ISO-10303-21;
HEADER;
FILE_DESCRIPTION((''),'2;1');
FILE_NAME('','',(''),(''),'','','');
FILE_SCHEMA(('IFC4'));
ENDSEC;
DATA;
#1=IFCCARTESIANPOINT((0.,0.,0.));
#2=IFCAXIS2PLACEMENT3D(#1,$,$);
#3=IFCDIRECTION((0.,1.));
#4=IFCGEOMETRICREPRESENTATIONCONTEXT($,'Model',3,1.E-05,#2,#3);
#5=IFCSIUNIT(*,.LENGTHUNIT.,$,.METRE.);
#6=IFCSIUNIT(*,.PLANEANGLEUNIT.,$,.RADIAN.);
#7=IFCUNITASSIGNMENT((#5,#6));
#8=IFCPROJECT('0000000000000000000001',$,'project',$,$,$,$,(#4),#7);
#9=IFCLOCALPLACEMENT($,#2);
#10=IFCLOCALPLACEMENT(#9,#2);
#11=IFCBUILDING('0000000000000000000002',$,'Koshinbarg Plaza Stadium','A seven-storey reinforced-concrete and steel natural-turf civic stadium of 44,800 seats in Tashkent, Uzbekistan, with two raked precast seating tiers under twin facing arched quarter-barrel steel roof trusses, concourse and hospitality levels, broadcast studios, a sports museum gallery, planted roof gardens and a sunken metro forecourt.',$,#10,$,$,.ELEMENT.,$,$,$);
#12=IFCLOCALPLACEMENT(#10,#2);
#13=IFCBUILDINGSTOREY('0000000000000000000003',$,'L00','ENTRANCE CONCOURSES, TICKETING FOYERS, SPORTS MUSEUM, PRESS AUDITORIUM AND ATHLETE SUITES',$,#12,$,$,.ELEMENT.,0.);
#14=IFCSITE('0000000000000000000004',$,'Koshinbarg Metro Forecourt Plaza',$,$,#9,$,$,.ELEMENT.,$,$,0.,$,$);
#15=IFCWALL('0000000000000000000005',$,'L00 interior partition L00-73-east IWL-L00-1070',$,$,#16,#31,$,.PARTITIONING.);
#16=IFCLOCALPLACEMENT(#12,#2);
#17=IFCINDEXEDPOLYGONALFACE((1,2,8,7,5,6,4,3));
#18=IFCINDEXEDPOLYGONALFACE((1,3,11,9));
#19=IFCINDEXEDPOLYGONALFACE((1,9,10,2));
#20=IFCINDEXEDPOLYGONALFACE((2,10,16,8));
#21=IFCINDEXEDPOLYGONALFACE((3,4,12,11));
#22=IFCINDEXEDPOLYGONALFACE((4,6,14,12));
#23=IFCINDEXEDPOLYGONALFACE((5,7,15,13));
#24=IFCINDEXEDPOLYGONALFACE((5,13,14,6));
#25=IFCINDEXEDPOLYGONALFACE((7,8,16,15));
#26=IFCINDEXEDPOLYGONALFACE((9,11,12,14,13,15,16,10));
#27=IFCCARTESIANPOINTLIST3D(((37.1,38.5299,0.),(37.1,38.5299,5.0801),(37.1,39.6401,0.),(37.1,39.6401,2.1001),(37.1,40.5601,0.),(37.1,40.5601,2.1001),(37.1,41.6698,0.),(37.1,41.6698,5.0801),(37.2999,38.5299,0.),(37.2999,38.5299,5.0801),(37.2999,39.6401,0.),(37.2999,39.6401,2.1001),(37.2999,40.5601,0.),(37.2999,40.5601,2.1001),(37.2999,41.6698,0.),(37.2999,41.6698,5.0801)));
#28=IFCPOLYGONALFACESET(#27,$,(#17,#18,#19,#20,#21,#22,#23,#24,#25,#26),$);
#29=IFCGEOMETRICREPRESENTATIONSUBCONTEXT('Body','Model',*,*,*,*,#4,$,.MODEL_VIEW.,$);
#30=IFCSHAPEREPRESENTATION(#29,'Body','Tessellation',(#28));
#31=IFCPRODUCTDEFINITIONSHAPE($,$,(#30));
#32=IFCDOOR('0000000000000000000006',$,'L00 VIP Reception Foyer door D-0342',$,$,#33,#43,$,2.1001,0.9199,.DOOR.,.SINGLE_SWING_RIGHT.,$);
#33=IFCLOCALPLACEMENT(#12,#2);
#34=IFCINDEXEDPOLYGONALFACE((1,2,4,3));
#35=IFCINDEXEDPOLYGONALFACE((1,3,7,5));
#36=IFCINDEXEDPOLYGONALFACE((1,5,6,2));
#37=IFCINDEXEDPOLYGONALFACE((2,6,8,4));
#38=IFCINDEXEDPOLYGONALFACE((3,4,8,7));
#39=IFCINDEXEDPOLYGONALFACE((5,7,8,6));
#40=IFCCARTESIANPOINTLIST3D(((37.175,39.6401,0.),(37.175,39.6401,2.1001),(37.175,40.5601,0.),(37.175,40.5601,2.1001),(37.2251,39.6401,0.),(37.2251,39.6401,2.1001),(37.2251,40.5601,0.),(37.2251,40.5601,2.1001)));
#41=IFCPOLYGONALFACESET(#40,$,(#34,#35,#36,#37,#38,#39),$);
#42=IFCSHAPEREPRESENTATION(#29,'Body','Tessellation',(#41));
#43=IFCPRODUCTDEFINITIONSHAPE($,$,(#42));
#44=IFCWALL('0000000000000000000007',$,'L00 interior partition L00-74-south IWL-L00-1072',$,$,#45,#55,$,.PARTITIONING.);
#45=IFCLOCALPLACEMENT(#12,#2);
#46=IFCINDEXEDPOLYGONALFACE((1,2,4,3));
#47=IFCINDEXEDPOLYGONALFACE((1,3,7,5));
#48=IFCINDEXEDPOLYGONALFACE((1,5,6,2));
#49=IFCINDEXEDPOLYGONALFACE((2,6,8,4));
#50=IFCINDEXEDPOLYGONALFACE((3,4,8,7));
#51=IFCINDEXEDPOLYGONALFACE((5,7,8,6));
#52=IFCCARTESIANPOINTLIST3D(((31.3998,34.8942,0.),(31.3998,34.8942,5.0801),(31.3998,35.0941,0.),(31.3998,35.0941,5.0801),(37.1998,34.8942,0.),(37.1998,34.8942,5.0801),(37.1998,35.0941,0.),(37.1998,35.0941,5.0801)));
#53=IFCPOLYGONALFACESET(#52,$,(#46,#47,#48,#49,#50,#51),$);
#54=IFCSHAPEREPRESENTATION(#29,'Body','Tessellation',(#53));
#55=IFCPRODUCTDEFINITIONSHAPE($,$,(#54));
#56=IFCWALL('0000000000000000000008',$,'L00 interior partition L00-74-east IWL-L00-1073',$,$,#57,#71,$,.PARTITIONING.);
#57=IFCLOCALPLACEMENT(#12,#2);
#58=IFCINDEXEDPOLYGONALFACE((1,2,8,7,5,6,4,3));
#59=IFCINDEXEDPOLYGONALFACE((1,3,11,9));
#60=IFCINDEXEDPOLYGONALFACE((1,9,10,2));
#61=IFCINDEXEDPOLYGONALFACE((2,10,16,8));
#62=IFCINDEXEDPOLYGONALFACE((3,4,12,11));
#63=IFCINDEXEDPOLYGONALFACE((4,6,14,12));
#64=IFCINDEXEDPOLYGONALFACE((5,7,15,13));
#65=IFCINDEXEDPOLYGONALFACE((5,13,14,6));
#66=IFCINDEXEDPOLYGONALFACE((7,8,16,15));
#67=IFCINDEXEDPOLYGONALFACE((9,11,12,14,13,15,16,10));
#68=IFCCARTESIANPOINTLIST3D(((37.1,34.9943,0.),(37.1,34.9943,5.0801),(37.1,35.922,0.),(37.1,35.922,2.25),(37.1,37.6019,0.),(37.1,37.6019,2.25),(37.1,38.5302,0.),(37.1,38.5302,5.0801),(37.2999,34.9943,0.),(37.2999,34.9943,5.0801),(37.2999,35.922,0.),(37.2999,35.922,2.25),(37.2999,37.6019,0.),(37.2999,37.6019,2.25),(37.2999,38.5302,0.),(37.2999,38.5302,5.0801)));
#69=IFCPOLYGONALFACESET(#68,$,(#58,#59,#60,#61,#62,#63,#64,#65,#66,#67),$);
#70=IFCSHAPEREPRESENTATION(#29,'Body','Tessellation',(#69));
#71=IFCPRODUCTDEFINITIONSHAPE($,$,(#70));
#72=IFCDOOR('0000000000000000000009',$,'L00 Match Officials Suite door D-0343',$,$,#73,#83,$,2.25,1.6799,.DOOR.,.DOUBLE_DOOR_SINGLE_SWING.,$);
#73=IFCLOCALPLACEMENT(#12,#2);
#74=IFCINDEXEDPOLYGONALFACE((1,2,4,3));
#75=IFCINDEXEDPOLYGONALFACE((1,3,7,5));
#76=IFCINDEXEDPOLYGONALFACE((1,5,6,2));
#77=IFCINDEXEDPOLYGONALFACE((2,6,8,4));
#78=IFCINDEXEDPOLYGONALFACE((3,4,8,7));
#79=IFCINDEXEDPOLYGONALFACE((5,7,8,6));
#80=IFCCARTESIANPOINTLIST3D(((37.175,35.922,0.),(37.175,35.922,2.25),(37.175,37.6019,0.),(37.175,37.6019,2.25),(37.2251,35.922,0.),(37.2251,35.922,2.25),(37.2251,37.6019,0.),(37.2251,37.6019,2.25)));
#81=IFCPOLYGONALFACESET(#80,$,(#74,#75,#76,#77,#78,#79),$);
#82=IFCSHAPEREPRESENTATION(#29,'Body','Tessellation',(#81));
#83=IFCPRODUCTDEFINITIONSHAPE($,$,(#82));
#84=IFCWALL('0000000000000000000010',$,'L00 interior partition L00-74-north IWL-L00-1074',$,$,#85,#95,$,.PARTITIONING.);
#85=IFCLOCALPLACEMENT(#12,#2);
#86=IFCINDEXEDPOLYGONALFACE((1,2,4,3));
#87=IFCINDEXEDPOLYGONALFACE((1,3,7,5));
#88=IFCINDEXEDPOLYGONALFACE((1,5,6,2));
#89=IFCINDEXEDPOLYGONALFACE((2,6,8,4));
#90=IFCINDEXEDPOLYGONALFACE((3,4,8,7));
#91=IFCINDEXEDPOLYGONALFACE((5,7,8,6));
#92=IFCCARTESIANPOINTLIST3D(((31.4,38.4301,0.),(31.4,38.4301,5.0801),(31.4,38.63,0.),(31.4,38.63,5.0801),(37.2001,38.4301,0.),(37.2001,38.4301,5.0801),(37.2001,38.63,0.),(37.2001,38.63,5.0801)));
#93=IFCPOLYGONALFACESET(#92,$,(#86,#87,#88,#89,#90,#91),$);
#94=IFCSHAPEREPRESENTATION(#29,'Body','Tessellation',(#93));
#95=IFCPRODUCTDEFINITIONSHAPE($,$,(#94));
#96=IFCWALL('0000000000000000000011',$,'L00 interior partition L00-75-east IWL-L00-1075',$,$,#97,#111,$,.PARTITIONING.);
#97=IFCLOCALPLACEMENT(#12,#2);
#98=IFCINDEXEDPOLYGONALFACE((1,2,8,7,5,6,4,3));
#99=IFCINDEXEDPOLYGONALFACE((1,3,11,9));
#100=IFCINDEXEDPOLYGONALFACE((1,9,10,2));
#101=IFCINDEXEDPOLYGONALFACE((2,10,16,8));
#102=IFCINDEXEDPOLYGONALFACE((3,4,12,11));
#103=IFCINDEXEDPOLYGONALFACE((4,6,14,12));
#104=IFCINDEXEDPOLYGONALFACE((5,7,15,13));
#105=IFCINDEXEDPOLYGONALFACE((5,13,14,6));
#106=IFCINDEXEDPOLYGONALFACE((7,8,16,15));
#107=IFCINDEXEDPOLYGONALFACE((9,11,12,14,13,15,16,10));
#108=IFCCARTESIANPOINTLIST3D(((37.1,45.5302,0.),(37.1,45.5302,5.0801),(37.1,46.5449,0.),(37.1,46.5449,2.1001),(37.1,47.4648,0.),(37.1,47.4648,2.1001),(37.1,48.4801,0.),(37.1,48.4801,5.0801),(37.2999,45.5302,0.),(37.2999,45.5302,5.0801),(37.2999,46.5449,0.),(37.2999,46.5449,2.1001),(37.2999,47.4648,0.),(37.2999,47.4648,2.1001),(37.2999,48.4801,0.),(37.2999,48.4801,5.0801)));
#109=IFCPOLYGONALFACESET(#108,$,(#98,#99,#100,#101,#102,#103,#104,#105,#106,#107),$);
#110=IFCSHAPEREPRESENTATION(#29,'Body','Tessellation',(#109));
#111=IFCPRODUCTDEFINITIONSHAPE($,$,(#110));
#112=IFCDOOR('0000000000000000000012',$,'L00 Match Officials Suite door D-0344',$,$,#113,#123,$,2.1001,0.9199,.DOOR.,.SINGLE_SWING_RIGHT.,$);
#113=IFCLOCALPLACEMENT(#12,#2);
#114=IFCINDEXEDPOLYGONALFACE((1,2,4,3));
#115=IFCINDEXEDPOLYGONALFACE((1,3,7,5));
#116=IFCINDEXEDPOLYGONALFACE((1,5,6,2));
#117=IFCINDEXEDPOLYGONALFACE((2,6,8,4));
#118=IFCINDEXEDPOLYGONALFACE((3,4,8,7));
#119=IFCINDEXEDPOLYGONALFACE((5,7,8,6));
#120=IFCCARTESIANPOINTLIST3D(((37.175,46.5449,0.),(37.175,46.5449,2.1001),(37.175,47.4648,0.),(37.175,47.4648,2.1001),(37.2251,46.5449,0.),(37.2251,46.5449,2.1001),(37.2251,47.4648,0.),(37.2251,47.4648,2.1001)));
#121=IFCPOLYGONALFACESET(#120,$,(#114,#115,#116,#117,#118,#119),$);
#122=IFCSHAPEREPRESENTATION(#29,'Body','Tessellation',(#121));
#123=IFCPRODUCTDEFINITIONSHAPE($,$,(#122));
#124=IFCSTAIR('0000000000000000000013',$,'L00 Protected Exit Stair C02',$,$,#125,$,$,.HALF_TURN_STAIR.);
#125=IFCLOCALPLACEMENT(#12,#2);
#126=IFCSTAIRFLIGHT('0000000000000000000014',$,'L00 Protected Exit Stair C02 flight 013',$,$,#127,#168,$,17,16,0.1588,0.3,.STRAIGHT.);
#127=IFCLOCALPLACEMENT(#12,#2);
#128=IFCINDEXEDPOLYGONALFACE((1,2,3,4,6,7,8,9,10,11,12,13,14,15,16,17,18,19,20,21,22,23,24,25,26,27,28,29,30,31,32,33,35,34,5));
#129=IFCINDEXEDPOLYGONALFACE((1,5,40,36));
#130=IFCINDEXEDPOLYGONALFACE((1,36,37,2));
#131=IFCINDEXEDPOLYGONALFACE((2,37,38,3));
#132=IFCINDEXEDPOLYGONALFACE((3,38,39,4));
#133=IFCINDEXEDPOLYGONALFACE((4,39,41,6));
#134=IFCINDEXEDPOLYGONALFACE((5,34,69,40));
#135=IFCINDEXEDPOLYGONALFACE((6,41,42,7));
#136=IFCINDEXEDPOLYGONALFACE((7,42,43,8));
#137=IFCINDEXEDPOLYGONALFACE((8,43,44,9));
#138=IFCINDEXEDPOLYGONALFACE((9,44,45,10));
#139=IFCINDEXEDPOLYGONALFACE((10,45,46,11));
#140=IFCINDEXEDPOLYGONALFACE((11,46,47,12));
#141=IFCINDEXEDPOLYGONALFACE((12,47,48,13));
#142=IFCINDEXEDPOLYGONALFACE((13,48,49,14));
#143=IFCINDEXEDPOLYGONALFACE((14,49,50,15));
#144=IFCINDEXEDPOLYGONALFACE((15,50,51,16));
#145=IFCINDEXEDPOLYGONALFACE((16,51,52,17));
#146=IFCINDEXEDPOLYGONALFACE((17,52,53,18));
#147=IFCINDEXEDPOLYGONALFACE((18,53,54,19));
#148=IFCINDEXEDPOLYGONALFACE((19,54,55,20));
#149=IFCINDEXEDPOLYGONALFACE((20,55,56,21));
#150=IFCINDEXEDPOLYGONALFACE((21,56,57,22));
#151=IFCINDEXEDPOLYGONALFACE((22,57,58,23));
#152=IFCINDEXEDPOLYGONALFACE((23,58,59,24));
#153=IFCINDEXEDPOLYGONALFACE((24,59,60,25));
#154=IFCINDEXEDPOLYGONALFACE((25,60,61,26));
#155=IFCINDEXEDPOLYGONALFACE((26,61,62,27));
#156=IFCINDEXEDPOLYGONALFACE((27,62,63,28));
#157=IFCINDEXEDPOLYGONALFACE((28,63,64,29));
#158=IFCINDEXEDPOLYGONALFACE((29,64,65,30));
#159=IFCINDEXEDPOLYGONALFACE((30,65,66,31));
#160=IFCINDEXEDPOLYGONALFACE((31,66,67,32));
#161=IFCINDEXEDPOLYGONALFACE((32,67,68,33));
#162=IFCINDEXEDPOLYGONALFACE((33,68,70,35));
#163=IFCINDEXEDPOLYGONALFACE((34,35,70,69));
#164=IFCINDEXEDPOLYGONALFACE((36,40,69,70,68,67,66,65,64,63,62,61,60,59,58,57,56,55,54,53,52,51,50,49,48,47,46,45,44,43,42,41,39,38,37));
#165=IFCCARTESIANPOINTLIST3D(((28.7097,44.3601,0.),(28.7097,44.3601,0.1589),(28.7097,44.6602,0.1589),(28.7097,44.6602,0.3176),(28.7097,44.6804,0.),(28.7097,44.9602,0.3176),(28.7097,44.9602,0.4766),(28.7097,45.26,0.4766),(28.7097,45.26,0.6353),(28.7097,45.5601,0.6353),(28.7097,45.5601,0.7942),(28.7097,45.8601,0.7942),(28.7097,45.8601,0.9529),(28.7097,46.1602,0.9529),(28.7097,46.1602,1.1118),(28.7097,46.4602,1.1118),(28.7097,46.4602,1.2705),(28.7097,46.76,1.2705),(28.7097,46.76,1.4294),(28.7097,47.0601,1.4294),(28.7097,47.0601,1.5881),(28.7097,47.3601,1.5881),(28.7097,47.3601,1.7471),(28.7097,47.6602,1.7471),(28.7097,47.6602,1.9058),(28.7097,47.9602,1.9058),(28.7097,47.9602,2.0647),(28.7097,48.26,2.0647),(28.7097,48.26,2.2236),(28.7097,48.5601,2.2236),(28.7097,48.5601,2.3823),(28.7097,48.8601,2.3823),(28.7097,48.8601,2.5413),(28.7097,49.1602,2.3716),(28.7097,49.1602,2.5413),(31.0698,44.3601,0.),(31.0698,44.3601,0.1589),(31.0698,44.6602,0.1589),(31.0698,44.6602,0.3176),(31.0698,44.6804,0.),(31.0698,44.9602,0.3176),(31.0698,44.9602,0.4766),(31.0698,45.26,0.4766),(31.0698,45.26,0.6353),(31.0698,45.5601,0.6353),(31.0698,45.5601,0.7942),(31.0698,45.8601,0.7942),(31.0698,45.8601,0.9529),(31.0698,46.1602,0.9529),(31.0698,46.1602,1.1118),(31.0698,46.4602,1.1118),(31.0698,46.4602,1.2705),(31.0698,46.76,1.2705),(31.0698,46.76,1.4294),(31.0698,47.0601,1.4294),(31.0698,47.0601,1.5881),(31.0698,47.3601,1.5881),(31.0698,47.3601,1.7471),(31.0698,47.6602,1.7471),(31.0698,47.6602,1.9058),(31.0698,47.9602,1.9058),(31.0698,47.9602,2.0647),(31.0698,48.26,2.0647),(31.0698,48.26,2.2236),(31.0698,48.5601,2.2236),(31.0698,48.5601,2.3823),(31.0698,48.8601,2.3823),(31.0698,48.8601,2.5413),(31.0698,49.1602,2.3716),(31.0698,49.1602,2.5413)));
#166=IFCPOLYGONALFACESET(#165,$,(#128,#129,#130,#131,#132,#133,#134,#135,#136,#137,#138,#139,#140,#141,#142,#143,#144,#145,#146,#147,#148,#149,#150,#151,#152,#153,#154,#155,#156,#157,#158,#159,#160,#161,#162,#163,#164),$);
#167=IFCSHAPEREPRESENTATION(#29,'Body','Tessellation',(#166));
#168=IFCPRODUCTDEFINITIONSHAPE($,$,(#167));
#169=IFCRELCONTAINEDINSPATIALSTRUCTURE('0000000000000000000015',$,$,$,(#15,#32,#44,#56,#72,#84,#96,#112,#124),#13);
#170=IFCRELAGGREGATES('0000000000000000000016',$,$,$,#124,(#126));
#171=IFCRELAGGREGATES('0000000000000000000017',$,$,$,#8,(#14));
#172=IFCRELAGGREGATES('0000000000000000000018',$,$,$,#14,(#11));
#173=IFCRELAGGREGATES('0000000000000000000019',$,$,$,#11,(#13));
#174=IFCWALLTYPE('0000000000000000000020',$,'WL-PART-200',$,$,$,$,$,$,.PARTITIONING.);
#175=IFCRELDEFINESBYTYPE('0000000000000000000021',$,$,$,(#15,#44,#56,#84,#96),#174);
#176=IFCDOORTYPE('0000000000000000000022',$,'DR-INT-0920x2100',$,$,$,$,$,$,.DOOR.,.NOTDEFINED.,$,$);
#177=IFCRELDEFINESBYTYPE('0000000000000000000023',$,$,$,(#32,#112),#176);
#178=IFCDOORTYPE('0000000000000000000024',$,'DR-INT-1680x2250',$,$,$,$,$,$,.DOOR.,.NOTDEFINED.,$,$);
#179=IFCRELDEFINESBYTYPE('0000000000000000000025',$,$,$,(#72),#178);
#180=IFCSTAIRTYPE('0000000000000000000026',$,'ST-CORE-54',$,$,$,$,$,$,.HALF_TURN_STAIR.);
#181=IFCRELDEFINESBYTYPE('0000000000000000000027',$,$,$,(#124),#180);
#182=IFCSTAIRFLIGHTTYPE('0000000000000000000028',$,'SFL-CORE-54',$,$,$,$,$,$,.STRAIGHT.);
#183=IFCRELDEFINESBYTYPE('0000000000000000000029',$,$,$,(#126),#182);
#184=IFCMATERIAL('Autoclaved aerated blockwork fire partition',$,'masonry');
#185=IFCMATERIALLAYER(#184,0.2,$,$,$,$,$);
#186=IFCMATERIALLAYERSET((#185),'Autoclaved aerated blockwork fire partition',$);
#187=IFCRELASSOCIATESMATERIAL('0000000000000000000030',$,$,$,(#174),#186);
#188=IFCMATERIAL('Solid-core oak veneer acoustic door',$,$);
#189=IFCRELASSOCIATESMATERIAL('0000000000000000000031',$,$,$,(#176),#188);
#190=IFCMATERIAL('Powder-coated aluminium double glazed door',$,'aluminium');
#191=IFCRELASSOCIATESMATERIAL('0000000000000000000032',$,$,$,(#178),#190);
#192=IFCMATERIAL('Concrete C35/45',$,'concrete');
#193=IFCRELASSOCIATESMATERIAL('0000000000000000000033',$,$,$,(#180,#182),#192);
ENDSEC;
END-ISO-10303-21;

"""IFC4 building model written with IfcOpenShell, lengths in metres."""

from ifc_helpers import new_model, si_unit, direction, frame, frame_2d, origin, place, context, subcontext, project, spatial, polyline, rectangle, outline, extrude, material, layer, layer_set, type_object, element, fill, aggregate, save


model = new_model("IFC4")

# Units and contexts
model_context = context("Model", 3, precision=1e-05, world=origin(), true_north=direction((0.0, 1.0)))
body_context = subcontext(model_context, "Body", "Model", "MODEL_VIEW")
ifc_project = project(units=[si_unit("LENGTHUNIT", "METRE"), si_unit("PLANEANGLEUNIT", "RADIAN")], contexts=[model_context])

# Site, building, storey
site_placement = place(None, origin())
site = spatial("IfcSite", under=ifc_project, at=site_placement, Name="Koshinbarg Metro Forecourt Plaza", CompositionType="ELEMENT", RefElevation=0.0)
building_placement = place(site_placement, origin())
building = spatial("IfcBuilding", under=site, at=building_placement, Name="Koshinbarg Plaza Stadium", Description="A seven-storey reinforced-concrete and steel natural-turf civic stadium of 44,800 seats in Tashkent, Uzbekistan, with two raked precast seating tiers under twin facing arched quarter-barrel steel roof trusses, concourse and hospitality levels, broadcast studios, a sports museum gallery, planted roof gardens and a sunken metro forecourt.", CompositionType="ELEMENT")
storey_placement = place(building_placement, origin())
storey = spatial("IfcBuildingStorey", under=building, at=storey_placement, Name="L00", Description="ENTRANCE CONCOURSES, TICKETING FOYERS, SPORTS MUSEUM, PRESS AUDITORIUM AND ATHLETE SUITES", CompositionType="ELEMENT", Elevation=0.0)

# Shared definitions
ifc_material_1 = material(Name="Concrete C35/45", Category="concrete")

# Shared definitions
ifc_material_2 = material(Name="Autoclaved aerated blockwork fire partition", Category="masonry")
ifc_layer_1 = layer(ifc_material_2, 0.2)
ifc_layer_set_1 = layer_set([ifc_layer_1], Name="Autoclaved aerated blockwork fire partition")
wall_type_1 = type_object("IfcWallType", Name="WL-PART-200", PredefinedType="PARTITIONING", material=ifc_layer_set_1)

# Wall, opening, door
wall_1_placement = place(storey_placement, frame((37.2, 38.53, 0.0), z_axis=(0.0, 0.0, 1.0), x_axis=(0.0, 1.0, 0.0)))
wall_1 = element("IfcWall", 1, at=wall_1_placement, inside=storey, type_object=wall_type_1, Name="L00 interior partition L00-73-east IWL-L00-1070", PredefinedType="PARTITIONING", context=body_context, shape_type="SweptSolid", body=[
    extrude(rectangle(XDim=3.1399, YDim=0.2, at=frame_2d((1.5698, 0.0))), origin(), (0.0, 0.0, 1.0), 5.0801),
])
opening_1_placement = place(wall_1_placement, frame((1.1101, 0.0, 0.0)))
opening_1 = element("IfcOpeningElement", 2, at=opening_1_placement, cuts=wall_1, PredefinedType="OPENING", context=body_context, shape_type="SweptSolid", body=[
    extrude(rectangle(XDim=0.9199, YDim=2.1001, at=frame_2d((0.46, 1.05))), frame((0.0, 0.1099, 0.0), z_axis=(0.0, -1.0, 0.0), x_axis=(1.0, 0.0, 0.0)), (0.0, 0.0, 1.0), 0.22),
])
ifc_material_3 = material(Name="Solid-core oak veneer acoustic door")
door_type_1 = type_object("IfcDoorType", Name="DR-INT-0920x2100", OperationType="NOTDEFINED", PredefinedType="DOOR", material=ifc_material_3)
door_1_placement = place(opening_1_placement, origin())
door_1 = element("IfcDoor", 3, at=door_1_placement, inside=storey, type_object=door_type_1, Name="L00 VIP Reception Foyer door D-0342", OperationType="SINGLE_SWING_RIGHT", OverallHeight=2.1001, OverallWidth=0.9199, PredefinedType="DOOR", context=body_context, shape_type="SweptSolid", body=[
    extrude(rectangle(XDim=0.9199, YDim=2.1001, at=frame_2d((0.46, 1.05))), frame((0.0, 0.0249, 0.0), z_axis=(0.0, -1.0, 0.0), x_axis=(1.0, 0.0, 0.0)), (0.0, 0.0, 1.0), 0.05),
])
fill(opening_1, door_1)

# Wall
wall_2_placement = place(storey_placement, frame((31.3999, 34.9941, 0.0), z_axis=(0.0, 0.0, 1.0), x_axis=(1.0, 0.0, 0.0)))
element("IfcWall", 4, at=wall_2_placement, inside=storey, type_object=wall_type_1, Name="L00 interior partition L00-74-south IWL-L00-1072", PredefinedType="PARTITIONING", context=body_context, shape_type="SweptSolid", body=[
    extrude(rectangle(XDim=5.8, YDim=0.2, at=frame_2d((2.8999, 0.0))), origin(), (0.0, 0.0, 1.0), 5.0801),
])

# Wall, opening, door
wall_3_placement = place(storey_placement, frame((37.2, 34.9941, 0.0), z_axis=(0.0, 0.0, 1.0), x_axis=(0.0, 1.0, 0.0)))
wall_3 = element("IfcWall", 5, at=wall_3_placement, inside=storey, type_object=wall_type_1, Name="L00 interior partition L00-74-east IWL-L00-1073", PredefinedType="PARTITIONING", context=body_context, shape_type="SweptSolid", body=[
    extrude(rectangle(XDim=3.5359, YDim=0.2, at=frame_2d((1.7681, 0.0))), origin(), (0.0, 0.0, 1.0), 5.0801),
])
opening_2_placement = place(wall_3_placement, frame((0.928, 0.0, 0.0)))
opening_2 = element("IfcOpeningElement", 6, at=opening_2_placement, cuts=wall_3, PredefinedType="OPENING", context=body_context, shape_type="SweptSolid", body=[
    extrude(rectangle(XDim=1.6799, YDim=2.25, at=frame_2d((0.8398, 1.125))), frame((0.0, 0.1099, 0.0), z_axis=(0.0, -1.0, 0.0), x_axis=(1.0, 0.0, 0.0)), (0.0, 0.0, 1.0), 0.22),
])
ifc_material_4 = material(Name="Powder-coated aluminium double glazed door", Category="aluminium")
door_type_2 = type_object("IfcDoorType", Name="DR-INT-1680x2250", OperationType="NOTDEFINED", PredefinedType="DOOR", material=ifc_material_4)
door_2_placement = place(opening_2_placement, origin())
door_2 = element("IfcDoor", 7, at=door_2_placement, inside=storey, type_object=door_type_2, Name="L00 Match Officials Suite door D-0343", OperationType="DOUBLE_DOOR_SINGLE_SWING", OverallHeight=2.25, OverallWidth=1.6799, PredefinedType="DOOR", context=body_context, shape_type="SweptSolid", body=[
    extrude(rectangle(XDim=1.6799, YDim=2.25, at=frame_2d((0.8398, 1.125))), frame((0.0, 0.0249, 0.0), z_axis=(0.0, -1.0, 0.0), x_axis=(1.0, 0.0, 0.0)), (0.0, 0.0, 1.0), 0.05),
])
fill(opening_2, door_2)

# Wall
wall_4_placement = place(storey_placement, frame((37.2, 38.53, 0.0), z_axis=(0.0, 0.0, 1.0), x_axis=(-1.0, 0.0, 0.0)))
element("IfcWall", 8, at=wall_4_placement, inside=storey, type_object=wall_type_1, Name="L00 interior partition L00-74-north IWL-L00-1074", PredefinedType="PARTITIONING", context=body_context, shape_type="SweptSolid", body=[
    extrude(rectangle(XDim=5.8, YDim=0.2, at=frame_2d((2.8999, 0.0))), origin(), (0.0, 0.0, 1.0), 5.0801),
])

# Wall, opening, door
wall_5_placement = place(storey_placement, frame((37.2, 45.53, 0.0), z_axis=(0.0, 0.0, 1.0), x_axis=(0.0, 1.0, 0.0)))
wall_5 = element("IfcWall", 9, at=wall_5_placement, inside=storey, type_object=wall_type_1, Name="L00 interior partition L00-75-east IWL-L00-1075", PredefinedType="PARTITIONING", context=body_context, shape_type="SweptSolid", body=[
    extrude(rectangle(XDim=2.95, YDim=0.2, at=frame_2d((1.4751, 0.0))), origin(), (0.0, 0.0, 1.0), 5.0801),
])
opening_3_placement = place(wall_5_placement, frame((1.0149, 0.0, 0.0)))
opening_3 = element("IfcOpeningElement", 10, at=opening_3_placement, cuts=wall_5, PredefinedType="OPENING", context=body_context, shape_type="SweptSolid", body=[
    extrude(rectangle(XDim=0.9199, YDim=2.1001, at=frame_2d((0.46, 1.05))), frame((0.0, 0.1099, 0.0), z_axis=(0.0, -1.0, 0.0), x_axis=(1.0, 0.0, 0.0)), (0.0, 0.0, 1.0), 0.22),
])
door_3_placement = place(opening_3_placement, origin())
door_3 = element("IfcDoor", 11, at=door_3_placement, inside=storey, type_object=door_type_1, Name="L00 Match Officials Suite door D-0344", OperationType="SINGLE_SWING_RIGHT", OverallHeight=2.1001, OverallWidth=0.9199, PredefinedType="DOOR", context=body_context, shape_type="SweptSolid", body=[
    extrude(rectangle(XDim=0.9199, YDim=2.1001, at=frame_2d((0.46, 1.05))), frame((0.0, 0.0249, 0.0), z_axis=(0.0, -1.0, 0.0), x_axis=(1.0, 0.0, 0.0)), (0.0, 0.0, 1.0), 0.05),
])
fill(opening_3, door_3)

# Stair, stair flight
stair_type = type_object("IfcStairType", Name="ST-CORE-54", PredefinedType="HALF_TURN_STAIR", material=ifc_material_1)
stair_placement = place(storey_placement, origin())
stair = element("IfcStair", 12, at=stair_placement, inside=storey, type_object=stair_type, Name="L00 Protected Exit Stair C02", PredefinedType="HALF_TURN_STAIR")
stair_flight_type = type_object("IfcStairFlightType", Name="SFL-CORE-54", PredefinedType="STRAIGHT", material=ifc_material_1)
stair_flight_placement = place(storey_placement, frame((29.8899, 44.3601, 0.0), z_axis=(0.0, 0.0, 1.0), x_axis=(0.0, 1.0, 0.0)))
stair_flight = element("IfcStairFlight", 13, at=stair_flight_placement, type_object=stair_flight_type, Name="L00 Protected Exit Stair C02 flight 013", NumberOfRisers=17, NumberOfTreads=16, PredefinedType="STRAIGHT", RiserHeight=0.1588, TreadLength=0.3, context=body_context, shape_type="SweptSolid", body=[
    extrude(outline(polyline([(0.0, 0.0), (0.0, 0.1589), (0.3, 0.1589), (0.3, 0.3176), (0.6001, 0.3176), (0.6001, 0.4766), (0.8999, 0.4766), (0.8999, 0.6353), (1.2, 0.6353), (1.2, 0.7942), (1.5, 0.7942), (1.5, 0.9529), (1.8, 0.9529), (1.8, 1.1118), (2.1001, 1.1118), (2.1001, 1.2705), (2.3999, 1.2705), (2.3999, 1.4294), (2.7, 1.4294), (2.7, 1.5881), (3.0, 1.5881), (3.0, 1.7471), (3.3, 1.7471), (3.3, 1.9058), (3.6001, 1.9058), (3.6001, 2.0647), (3.8999, 2.0647), (3.8999, 2.2236), (4.2, 2.2236), (4.2, 2.3823), (4.5, 2.3823), (4.5, 2.5413), (4.8, 2.5413), (4.8, 2.7), (4.8, 2.3716), (0.3203, 0.0), (0.0, 0.0)])), frame((0.0, 1.1802, 0.0), z_axis=(0.0, -1.0, 0.0), x_axis=(1.0, 0.0, 0.0)), (0.0, 0.0, 1.0), 2.3601),
])
aggregate(stair, [stair_flight])

save(model, "model.ifc")
